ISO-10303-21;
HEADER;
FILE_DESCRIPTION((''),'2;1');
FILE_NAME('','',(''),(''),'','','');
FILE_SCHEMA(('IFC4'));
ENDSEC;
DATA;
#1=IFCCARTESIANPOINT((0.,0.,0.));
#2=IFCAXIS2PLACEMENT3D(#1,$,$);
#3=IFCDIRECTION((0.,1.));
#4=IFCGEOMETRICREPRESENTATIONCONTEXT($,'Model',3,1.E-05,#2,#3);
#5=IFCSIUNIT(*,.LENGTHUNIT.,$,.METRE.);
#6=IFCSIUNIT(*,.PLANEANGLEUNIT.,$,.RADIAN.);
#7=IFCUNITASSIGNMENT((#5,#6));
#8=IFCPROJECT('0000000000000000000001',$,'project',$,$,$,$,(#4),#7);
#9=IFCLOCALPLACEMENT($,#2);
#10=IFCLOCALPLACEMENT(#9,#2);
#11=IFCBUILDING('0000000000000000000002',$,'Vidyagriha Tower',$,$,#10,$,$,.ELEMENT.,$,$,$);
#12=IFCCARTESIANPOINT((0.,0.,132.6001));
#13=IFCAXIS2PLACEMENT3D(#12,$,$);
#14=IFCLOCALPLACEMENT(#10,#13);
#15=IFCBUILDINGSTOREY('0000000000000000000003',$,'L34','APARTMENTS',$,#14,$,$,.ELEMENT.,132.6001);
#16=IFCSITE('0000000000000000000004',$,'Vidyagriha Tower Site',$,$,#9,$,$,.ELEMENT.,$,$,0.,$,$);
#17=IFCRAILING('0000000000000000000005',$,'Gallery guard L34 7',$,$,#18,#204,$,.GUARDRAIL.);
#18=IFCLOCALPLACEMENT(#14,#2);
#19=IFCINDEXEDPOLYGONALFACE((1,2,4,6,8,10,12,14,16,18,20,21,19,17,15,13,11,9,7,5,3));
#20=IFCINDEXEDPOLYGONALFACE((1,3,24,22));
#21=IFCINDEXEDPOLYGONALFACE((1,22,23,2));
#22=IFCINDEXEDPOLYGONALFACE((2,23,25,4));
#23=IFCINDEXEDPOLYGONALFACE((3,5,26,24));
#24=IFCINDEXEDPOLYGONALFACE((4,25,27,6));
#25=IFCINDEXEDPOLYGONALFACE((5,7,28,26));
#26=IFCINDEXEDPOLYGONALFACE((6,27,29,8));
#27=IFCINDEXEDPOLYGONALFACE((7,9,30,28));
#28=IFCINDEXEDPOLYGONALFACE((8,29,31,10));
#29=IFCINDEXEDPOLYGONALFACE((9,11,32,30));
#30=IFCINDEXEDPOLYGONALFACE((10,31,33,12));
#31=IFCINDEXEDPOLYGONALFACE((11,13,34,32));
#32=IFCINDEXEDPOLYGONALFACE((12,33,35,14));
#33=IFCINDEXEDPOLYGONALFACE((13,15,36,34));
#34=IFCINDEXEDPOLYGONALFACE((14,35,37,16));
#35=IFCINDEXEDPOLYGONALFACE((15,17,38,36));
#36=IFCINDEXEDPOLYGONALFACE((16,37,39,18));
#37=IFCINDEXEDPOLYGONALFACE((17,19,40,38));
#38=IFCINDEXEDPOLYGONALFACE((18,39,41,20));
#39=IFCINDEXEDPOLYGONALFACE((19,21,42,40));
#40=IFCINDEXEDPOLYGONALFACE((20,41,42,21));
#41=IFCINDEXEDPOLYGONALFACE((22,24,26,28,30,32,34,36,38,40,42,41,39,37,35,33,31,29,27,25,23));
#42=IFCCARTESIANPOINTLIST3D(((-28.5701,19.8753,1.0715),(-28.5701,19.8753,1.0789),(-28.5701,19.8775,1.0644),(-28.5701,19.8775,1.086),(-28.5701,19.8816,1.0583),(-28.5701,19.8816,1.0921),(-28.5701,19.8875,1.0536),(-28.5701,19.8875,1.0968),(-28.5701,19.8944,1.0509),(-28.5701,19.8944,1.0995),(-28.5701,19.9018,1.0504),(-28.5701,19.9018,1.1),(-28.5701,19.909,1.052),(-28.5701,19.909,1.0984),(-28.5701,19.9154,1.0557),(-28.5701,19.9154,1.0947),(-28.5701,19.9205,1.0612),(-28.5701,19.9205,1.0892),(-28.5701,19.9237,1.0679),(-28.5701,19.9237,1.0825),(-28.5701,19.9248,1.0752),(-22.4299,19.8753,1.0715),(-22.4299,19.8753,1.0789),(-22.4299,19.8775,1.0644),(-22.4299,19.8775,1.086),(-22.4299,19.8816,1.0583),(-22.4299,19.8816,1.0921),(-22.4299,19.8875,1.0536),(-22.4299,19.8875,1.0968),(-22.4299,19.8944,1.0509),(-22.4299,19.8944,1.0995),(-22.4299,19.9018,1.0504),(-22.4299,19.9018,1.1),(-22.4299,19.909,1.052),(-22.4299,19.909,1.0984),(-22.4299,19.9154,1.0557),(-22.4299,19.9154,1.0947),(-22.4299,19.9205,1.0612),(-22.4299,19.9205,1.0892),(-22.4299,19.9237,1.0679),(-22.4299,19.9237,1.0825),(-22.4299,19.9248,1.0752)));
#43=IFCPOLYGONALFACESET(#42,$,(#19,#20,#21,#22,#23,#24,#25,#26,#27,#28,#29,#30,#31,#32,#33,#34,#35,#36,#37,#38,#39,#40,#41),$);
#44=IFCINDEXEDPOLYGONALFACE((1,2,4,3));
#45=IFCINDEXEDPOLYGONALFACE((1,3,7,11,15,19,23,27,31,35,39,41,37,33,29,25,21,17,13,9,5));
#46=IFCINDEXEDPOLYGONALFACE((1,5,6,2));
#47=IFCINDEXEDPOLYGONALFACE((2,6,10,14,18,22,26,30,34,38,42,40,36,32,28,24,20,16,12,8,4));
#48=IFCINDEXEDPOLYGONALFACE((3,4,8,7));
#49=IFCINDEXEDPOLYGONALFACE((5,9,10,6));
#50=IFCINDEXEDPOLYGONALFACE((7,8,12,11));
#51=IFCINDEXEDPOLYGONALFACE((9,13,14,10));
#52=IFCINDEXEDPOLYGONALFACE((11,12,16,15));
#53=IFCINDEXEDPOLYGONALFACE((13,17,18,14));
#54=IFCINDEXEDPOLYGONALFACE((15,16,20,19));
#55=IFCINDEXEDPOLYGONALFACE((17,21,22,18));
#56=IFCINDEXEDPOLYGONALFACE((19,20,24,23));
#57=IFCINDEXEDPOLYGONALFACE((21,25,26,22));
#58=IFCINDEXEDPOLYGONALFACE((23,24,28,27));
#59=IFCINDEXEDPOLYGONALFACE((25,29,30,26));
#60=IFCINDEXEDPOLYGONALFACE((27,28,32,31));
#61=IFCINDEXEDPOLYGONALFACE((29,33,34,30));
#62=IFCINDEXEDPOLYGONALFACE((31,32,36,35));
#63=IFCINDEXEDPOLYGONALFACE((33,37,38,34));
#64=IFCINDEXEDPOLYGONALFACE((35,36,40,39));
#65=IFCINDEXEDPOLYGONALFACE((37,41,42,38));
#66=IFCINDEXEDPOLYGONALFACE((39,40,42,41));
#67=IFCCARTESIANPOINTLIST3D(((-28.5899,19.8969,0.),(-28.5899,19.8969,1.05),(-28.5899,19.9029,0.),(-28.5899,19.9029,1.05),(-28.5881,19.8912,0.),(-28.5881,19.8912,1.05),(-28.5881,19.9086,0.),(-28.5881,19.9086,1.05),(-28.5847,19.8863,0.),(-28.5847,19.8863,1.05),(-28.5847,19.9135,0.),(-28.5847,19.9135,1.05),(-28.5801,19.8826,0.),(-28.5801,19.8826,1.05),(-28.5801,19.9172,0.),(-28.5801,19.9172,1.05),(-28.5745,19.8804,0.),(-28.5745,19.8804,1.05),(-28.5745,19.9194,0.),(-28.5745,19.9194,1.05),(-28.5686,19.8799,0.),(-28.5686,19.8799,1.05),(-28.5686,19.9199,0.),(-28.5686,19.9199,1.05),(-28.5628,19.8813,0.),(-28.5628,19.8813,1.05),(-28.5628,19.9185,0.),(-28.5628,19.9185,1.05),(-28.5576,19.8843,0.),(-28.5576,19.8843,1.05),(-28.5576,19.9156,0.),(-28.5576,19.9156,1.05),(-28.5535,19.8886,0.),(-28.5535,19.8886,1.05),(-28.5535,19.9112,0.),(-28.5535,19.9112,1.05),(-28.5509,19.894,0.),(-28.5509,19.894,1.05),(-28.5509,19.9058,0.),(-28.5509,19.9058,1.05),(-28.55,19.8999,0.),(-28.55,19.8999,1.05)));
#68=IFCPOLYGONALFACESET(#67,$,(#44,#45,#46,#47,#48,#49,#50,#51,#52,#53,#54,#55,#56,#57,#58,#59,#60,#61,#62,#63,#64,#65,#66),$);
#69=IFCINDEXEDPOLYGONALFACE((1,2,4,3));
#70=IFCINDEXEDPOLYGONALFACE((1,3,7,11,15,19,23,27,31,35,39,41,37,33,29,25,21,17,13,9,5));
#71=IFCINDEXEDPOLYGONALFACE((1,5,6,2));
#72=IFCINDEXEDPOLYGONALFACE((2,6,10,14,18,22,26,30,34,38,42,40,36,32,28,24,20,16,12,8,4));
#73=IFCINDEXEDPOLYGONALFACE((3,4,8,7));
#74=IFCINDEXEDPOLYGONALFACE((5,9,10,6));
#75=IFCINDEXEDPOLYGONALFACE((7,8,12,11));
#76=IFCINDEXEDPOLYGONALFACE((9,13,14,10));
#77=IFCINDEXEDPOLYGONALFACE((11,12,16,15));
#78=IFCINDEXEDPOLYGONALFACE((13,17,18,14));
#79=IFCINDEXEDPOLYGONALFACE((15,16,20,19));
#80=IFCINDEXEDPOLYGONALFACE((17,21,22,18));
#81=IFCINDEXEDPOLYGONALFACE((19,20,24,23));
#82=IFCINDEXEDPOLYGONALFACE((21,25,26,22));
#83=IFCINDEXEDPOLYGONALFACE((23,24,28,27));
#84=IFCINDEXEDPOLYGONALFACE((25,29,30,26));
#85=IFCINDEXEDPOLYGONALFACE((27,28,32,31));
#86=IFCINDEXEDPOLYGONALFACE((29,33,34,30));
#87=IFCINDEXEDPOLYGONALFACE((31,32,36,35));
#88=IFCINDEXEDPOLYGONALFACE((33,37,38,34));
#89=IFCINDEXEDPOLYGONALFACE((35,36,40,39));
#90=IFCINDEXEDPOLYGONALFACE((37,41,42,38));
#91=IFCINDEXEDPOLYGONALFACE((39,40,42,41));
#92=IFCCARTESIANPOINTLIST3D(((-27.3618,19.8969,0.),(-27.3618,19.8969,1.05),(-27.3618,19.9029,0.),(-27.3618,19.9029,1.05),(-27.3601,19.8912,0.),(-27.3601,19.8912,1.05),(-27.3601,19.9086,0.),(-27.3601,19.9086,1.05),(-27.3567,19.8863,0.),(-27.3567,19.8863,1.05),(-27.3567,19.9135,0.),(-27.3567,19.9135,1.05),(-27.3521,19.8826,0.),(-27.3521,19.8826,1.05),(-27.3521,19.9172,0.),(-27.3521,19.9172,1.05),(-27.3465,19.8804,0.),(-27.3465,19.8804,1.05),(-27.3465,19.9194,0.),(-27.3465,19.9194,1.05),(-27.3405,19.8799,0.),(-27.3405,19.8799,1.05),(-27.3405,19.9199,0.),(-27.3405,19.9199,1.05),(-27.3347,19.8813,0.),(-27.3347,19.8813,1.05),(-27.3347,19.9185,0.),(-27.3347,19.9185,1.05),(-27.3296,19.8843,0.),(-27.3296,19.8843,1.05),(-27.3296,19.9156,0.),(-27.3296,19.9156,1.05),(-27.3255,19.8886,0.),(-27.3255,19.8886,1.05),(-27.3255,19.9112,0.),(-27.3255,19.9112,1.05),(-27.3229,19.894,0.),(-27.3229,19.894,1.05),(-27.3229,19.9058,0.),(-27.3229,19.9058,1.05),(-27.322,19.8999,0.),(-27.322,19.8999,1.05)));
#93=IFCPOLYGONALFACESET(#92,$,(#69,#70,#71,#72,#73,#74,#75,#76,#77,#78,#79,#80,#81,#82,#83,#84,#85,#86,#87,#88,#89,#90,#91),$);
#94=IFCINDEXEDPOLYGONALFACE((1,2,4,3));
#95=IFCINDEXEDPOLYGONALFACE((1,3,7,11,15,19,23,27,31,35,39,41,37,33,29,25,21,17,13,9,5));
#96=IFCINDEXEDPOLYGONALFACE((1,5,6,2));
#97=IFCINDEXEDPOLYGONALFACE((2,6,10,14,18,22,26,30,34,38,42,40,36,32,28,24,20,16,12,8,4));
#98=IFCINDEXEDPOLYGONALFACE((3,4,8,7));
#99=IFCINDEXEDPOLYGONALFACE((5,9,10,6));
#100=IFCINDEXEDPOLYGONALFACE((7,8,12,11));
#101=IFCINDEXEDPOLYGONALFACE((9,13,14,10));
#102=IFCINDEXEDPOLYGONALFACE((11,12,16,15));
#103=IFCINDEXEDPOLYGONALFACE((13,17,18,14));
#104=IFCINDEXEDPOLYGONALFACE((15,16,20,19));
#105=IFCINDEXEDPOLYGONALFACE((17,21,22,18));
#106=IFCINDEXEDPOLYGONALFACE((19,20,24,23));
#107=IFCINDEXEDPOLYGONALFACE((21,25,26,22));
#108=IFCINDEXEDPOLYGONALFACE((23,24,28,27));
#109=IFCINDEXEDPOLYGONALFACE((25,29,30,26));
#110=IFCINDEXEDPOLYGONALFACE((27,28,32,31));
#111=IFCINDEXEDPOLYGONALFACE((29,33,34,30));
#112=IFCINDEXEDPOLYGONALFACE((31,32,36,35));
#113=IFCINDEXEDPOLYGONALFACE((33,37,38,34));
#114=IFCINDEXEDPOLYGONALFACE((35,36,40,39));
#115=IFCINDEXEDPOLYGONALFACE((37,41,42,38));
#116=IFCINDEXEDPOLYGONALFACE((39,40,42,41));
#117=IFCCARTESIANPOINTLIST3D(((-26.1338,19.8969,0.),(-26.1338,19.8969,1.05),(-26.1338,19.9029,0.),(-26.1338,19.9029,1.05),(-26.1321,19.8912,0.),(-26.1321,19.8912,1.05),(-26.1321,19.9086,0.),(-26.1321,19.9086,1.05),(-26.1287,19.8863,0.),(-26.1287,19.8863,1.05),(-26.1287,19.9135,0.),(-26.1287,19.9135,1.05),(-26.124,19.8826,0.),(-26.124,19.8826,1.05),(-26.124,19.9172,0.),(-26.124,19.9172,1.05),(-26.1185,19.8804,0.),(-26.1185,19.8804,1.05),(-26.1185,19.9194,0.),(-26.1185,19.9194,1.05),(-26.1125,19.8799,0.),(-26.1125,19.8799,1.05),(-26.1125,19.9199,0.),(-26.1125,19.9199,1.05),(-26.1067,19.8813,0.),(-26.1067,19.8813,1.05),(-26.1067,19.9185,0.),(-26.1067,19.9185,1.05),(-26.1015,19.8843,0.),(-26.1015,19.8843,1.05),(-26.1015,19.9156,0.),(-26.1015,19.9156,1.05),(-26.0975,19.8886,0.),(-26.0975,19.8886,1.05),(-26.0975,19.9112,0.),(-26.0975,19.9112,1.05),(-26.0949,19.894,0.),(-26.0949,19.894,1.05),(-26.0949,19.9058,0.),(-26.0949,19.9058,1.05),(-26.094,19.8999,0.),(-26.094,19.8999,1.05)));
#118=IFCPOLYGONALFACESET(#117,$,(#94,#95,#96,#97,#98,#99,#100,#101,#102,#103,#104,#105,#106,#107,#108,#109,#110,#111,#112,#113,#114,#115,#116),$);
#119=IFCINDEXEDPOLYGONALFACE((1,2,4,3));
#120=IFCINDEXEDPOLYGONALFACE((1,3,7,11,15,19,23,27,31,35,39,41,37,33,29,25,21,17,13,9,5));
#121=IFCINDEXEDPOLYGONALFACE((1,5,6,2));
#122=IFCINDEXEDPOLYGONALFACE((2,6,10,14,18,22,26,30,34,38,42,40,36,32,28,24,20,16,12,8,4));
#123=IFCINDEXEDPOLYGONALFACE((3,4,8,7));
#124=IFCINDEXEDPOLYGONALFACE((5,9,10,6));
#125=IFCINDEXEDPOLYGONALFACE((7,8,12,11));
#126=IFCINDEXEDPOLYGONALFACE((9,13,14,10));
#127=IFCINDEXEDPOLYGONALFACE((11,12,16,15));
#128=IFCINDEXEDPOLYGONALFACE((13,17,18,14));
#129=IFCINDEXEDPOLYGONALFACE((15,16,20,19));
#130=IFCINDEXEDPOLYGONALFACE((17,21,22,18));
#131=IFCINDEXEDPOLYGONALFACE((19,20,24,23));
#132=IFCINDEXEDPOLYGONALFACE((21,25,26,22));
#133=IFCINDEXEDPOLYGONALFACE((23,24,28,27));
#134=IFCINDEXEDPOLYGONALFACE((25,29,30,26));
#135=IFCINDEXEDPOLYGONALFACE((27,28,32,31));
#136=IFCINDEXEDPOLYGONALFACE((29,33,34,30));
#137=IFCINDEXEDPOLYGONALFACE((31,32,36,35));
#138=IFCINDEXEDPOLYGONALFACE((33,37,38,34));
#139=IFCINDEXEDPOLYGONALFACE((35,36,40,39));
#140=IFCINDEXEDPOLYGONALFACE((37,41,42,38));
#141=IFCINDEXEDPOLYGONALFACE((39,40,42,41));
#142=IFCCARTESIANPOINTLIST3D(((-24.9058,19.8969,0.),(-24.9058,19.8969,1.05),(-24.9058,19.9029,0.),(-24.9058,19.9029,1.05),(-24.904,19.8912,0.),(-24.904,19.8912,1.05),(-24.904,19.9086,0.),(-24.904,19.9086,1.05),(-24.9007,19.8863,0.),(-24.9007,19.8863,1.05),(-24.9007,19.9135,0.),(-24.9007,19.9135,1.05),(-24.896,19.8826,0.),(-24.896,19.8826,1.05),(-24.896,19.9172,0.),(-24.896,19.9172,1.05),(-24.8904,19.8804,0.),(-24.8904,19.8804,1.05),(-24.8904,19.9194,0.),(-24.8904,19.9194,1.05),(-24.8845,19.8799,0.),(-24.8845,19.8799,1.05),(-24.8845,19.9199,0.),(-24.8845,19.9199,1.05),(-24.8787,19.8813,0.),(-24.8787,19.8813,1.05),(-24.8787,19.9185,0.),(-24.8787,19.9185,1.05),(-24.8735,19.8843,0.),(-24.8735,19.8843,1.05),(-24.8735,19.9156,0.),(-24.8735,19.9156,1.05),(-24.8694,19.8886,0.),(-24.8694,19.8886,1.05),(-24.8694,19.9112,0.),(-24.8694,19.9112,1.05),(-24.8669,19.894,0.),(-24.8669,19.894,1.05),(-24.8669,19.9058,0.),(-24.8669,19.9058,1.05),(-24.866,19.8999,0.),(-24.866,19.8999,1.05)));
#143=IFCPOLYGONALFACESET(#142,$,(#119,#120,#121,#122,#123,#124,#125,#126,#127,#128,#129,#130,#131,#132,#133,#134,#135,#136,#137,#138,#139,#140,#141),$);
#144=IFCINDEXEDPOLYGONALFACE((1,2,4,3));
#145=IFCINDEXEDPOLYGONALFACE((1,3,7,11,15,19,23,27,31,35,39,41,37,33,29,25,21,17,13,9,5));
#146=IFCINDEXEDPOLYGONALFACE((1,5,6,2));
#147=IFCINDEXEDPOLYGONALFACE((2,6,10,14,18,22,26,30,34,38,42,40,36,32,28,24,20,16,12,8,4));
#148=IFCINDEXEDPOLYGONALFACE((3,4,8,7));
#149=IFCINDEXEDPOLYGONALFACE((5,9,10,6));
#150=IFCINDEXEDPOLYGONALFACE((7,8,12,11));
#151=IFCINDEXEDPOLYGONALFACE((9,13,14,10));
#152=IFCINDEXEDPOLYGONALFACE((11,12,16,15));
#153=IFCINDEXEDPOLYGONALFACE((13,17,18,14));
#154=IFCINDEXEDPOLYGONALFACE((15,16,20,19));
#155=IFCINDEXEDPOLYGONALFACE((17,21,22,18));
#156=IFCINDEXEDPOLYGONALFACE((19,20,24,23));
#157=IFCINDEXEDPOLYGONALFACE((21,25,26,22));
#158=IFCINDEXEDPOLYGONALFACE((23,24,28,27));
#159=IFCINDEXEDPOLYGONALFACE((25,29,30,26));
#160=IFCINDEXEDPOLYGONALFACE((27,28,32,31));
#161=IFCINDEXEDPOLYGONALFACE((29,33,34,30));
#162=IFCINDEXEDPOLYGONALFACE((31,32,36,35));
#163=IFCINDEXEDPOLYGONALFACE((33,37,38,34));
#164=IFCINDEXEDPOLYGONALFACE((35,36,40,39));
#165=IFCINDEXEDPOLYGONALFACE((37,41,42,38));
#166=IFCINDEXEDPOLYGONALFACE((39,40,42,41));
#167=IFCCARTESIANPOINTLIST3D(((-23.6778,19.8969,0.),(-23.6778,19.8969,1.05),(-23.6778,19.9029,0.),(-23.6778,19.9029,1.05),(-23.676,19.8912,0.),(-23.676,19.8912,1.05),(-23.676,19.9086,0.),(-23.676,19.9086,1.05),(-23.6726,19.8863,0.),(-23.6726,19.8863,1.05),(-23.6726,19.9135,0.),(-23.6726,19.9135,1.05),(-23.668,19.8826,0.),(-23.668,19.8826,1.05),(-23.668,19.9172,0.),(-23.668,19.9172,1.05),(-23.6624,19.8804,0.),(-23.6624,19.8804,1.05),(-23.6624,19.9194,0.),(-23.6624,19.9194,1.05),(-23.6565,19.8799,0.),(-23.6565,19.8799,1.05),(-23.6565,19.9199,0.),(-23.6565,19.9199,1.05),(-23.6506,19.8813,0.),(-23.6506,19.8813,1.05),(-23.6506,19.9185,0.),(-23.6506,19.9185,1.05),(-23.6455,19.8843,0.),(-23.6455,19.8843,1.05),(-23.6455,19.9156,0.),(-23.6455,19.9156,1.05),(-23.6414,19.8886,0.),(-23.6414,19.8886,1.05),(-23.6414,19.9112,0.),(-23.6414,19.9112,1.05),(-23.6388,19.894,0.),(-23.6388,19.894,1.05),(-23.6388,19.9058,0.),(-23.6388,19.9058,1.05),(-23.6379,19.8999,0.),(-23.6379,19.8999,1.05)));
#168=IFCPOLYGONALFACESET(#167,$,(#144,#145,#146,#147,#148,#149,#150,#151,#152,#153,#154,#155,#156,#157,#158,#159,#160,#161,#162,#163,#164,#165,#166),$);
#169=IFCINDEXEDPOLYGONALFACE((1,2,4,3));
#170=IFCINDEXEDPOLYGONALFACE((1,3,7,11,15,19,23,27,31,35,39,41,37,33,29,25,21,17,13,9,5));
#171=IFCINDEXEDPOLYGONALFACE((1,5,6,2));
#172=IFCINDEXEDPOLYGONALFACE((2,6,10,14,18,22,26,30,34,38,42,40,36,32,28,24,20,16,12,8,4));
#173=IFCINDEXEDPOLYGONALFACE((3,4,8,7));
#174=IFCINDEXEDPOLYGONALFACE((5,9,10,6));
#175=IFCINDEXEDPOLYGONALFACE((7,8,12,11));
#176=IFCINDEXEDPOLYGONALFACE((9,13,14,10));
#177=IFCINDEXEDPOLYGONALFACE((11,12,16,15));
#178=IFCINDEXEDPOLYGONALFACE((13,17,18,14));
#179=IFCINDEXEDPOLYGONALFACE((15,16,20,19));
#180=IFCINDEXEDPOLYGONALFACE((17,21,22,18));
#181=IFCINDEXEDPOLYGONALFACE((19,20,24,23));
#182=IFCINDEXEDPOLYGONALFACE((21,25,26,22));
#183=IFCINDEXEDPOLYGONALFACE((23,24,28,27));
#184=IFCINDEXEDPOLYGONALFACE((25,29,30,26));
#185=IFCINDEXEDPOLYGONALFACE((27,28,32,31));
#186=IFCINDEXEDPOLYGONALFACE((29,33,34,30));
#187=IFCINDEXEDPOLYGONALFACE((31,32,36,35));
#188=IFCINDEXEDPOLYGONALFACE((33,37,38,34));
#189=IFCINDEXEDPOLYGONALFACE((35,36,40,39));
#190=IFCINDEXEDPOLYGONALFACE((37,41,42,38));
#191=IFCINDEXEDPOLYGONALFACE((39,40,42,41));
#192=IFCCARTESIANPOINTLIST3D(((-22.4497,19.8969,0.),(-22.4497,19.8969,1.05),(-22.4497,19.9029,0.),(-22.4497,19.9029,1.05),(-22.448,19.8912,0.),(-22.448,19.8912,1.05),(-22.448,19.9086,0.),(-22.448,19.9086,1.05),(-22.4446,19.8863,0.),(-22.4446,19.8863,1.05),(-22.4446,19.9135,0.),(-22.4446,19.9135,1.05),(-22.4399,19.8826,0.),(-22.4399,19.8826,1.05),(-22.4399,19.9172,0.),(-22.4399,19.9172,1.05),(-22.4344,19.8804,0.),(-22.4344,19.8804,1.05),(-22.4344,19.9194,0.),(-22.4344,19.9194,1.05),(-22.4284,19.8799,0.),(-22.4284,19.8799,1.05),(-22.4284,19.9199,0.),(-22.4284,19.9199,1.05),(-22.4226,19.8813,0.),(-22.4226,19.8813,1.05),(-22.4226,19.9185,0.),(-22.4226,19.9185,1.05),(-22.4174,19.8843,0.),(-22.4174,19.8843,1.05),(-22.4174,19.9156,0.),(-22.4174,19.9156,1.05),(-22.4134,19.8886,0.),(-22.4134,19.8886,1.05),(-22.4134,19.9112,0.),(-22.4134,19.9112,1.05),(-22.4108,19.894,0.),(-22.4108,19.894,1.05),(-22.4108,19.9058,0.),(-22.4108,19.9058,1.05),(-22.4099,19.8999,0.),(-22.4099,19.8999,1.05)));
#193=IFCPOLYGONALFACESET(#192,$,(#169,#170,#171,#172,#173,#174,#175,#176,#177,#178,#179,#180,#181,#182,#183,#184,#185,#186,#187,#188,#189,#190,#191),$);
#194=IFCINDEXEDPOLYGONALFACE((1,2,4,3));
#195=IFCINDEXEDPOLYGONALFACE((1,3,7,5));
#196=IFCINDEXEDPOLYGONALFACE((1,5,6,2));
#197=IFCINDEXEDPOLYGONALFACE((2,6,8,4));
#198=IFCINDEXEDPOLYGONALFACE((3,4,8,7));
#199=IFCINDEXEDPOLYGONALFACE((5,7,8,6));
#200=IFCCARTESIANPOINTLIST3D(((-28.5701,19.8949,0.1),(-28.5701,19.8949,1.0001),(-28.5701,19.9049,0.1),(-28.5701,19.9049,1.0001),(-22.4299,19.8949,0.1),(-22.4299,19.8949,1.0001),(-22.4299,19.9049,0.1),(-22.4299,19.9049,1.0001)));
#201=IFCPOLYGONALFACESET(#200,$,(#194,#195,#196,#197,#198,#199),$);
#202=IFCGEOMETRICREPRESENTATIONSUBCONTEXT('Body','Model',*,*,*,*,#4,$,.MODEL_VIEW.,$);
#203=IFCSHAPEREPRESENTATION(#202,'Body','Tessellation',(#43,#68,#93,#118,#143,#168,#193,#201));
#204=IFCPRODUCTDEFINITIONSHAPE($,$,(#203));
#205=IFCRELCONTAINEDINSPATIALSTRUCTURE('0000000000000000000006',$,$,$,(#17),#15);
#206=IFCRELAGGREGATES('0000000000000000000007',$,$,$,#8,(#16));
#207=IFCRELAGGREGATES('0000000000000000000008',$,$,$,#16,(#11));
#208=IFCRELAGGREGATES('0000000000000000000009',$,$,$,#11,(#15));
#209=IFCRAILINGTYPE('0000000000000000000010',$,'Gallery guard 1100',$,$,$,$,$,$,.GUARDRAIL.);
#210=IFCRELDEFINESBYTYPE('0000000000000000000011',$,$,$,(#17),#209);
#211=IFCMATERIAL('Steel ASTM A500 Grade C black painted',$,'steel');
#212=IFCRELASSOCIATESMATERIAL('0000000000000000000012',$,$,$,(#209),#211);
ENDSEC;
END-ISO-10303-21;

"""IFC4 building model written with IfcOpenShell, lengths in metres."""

from ifc_helpers import new_model, si_unit, direction, frame, origin, origin_2d, place, context, subcontext, project, spatial, rectangle, circle, extrude, material, type_object, element, save


model = new_model("IFC4")

# Units and contexts
model_context = context("Model", 3, precision=1e-05, world=origin(), true_north=direction((0.0, 1.0)))
body_context = subcontext(model_context, "Body", "Model", "MODEL_VIEW")
ifc_project = project(units=[si_unit("LENGTHUNIT", "METRE"), si_unit("PLANEANGLEUNIT", "RADIAN")], contexts=[model_context])

# Site, building, storey
site_placement = place(None, origin())
site = spatial("IfcSite", under=ifc_project, at=site_placement, Name="Vidyagriha Tower Site", CompositionType="ELEMENT", RefElevation=0.0)
building_placement = place(site_placement, origin())
building = spatial("IfcBuilding", under=site, at=building_placement, Name="Vidyagriha Tower", CompositionType="ELEMENT")
storey_placement = place(building_placement, frame((0.0, 0.0, 132.6001)))
storey = spatial("IfcBuildingStorey", under=building, at=storey_placement, Name="L34", Description="APARTMENTS", CompositionType="ELEMENT", Elevation=132.6001)

# Railing
ifc_material_1 = material(Name="Steel ASTM A500 Grade C black painted", Category="steel")
railing_type = type_object("IfcRailingType", Name="Gallery guard 1100", PredefinedType="GUARDRAIL", material=ifc_material_1)
railing_1_placement = place(storey_placement, frame((-28.5701, 19.8999, 0.0)))
element("IfcRailing", 1, at=railing_1_placement, inside=storey, type_object=railing_type, Name="Gallery guard L34 7", PredefinedType="GUARDRAIL", context=body_context, shape_type="SweptSolid", body=[
    extrude(circle(Radius=0.0249, at=origin_2d()), frame((0.0, 0.0, 1.0752), z_axis=(1.0, 0.0, 0.0), x_axis=(0.0, 1.0, 0.0)), (0.0, 0.0, 1.0), 6.1401),
    extrude(circle(Radius=0.02, at=origin_2d()), origin(), (0.0, 0.0, 1.0), 1.05),
    extrude(circle(Radius=0.02, at=origin_2d()), frame((1.228, 0.0, 0.0)), (0.0, 0.0, 1.0), 1.05),
    extrude(circle(Radius=0.02, at=origin_2d()), frame((2.4561, 0.0, 0.0)), (0.0, 0.0, 1.0), 1.05),
    extrude(circle(Radius=0.02, at=origin_2d()), frame((3.6841, 0.0, 0.0)), (0.0, 0.0, 1.0), 1.05),
    extrude(circle(Radius=0.02, at=origin_2d()), frame((4.9121, 0.0, 0.0)), (0.0, 0.0, 1.0), 1.05),
    extrude(circle(Radius=0.02, at=origin_2d()), frame((6.1401, 0.0, 0.0)), (0.0, 0.0, 1.0), 1.05),
    extrude(rectangle(XDim=0.01, YDim=0.9001, at=origin_2d()), frame((0.0, 0.0, 0.55), z_axis=(1.0, 0.0, 0.0), x_axis=(0.0, 1.0, 0.0)), (0.0, 0.0, 1.0), 6.1401),
])

save(model, "model.ifc")
